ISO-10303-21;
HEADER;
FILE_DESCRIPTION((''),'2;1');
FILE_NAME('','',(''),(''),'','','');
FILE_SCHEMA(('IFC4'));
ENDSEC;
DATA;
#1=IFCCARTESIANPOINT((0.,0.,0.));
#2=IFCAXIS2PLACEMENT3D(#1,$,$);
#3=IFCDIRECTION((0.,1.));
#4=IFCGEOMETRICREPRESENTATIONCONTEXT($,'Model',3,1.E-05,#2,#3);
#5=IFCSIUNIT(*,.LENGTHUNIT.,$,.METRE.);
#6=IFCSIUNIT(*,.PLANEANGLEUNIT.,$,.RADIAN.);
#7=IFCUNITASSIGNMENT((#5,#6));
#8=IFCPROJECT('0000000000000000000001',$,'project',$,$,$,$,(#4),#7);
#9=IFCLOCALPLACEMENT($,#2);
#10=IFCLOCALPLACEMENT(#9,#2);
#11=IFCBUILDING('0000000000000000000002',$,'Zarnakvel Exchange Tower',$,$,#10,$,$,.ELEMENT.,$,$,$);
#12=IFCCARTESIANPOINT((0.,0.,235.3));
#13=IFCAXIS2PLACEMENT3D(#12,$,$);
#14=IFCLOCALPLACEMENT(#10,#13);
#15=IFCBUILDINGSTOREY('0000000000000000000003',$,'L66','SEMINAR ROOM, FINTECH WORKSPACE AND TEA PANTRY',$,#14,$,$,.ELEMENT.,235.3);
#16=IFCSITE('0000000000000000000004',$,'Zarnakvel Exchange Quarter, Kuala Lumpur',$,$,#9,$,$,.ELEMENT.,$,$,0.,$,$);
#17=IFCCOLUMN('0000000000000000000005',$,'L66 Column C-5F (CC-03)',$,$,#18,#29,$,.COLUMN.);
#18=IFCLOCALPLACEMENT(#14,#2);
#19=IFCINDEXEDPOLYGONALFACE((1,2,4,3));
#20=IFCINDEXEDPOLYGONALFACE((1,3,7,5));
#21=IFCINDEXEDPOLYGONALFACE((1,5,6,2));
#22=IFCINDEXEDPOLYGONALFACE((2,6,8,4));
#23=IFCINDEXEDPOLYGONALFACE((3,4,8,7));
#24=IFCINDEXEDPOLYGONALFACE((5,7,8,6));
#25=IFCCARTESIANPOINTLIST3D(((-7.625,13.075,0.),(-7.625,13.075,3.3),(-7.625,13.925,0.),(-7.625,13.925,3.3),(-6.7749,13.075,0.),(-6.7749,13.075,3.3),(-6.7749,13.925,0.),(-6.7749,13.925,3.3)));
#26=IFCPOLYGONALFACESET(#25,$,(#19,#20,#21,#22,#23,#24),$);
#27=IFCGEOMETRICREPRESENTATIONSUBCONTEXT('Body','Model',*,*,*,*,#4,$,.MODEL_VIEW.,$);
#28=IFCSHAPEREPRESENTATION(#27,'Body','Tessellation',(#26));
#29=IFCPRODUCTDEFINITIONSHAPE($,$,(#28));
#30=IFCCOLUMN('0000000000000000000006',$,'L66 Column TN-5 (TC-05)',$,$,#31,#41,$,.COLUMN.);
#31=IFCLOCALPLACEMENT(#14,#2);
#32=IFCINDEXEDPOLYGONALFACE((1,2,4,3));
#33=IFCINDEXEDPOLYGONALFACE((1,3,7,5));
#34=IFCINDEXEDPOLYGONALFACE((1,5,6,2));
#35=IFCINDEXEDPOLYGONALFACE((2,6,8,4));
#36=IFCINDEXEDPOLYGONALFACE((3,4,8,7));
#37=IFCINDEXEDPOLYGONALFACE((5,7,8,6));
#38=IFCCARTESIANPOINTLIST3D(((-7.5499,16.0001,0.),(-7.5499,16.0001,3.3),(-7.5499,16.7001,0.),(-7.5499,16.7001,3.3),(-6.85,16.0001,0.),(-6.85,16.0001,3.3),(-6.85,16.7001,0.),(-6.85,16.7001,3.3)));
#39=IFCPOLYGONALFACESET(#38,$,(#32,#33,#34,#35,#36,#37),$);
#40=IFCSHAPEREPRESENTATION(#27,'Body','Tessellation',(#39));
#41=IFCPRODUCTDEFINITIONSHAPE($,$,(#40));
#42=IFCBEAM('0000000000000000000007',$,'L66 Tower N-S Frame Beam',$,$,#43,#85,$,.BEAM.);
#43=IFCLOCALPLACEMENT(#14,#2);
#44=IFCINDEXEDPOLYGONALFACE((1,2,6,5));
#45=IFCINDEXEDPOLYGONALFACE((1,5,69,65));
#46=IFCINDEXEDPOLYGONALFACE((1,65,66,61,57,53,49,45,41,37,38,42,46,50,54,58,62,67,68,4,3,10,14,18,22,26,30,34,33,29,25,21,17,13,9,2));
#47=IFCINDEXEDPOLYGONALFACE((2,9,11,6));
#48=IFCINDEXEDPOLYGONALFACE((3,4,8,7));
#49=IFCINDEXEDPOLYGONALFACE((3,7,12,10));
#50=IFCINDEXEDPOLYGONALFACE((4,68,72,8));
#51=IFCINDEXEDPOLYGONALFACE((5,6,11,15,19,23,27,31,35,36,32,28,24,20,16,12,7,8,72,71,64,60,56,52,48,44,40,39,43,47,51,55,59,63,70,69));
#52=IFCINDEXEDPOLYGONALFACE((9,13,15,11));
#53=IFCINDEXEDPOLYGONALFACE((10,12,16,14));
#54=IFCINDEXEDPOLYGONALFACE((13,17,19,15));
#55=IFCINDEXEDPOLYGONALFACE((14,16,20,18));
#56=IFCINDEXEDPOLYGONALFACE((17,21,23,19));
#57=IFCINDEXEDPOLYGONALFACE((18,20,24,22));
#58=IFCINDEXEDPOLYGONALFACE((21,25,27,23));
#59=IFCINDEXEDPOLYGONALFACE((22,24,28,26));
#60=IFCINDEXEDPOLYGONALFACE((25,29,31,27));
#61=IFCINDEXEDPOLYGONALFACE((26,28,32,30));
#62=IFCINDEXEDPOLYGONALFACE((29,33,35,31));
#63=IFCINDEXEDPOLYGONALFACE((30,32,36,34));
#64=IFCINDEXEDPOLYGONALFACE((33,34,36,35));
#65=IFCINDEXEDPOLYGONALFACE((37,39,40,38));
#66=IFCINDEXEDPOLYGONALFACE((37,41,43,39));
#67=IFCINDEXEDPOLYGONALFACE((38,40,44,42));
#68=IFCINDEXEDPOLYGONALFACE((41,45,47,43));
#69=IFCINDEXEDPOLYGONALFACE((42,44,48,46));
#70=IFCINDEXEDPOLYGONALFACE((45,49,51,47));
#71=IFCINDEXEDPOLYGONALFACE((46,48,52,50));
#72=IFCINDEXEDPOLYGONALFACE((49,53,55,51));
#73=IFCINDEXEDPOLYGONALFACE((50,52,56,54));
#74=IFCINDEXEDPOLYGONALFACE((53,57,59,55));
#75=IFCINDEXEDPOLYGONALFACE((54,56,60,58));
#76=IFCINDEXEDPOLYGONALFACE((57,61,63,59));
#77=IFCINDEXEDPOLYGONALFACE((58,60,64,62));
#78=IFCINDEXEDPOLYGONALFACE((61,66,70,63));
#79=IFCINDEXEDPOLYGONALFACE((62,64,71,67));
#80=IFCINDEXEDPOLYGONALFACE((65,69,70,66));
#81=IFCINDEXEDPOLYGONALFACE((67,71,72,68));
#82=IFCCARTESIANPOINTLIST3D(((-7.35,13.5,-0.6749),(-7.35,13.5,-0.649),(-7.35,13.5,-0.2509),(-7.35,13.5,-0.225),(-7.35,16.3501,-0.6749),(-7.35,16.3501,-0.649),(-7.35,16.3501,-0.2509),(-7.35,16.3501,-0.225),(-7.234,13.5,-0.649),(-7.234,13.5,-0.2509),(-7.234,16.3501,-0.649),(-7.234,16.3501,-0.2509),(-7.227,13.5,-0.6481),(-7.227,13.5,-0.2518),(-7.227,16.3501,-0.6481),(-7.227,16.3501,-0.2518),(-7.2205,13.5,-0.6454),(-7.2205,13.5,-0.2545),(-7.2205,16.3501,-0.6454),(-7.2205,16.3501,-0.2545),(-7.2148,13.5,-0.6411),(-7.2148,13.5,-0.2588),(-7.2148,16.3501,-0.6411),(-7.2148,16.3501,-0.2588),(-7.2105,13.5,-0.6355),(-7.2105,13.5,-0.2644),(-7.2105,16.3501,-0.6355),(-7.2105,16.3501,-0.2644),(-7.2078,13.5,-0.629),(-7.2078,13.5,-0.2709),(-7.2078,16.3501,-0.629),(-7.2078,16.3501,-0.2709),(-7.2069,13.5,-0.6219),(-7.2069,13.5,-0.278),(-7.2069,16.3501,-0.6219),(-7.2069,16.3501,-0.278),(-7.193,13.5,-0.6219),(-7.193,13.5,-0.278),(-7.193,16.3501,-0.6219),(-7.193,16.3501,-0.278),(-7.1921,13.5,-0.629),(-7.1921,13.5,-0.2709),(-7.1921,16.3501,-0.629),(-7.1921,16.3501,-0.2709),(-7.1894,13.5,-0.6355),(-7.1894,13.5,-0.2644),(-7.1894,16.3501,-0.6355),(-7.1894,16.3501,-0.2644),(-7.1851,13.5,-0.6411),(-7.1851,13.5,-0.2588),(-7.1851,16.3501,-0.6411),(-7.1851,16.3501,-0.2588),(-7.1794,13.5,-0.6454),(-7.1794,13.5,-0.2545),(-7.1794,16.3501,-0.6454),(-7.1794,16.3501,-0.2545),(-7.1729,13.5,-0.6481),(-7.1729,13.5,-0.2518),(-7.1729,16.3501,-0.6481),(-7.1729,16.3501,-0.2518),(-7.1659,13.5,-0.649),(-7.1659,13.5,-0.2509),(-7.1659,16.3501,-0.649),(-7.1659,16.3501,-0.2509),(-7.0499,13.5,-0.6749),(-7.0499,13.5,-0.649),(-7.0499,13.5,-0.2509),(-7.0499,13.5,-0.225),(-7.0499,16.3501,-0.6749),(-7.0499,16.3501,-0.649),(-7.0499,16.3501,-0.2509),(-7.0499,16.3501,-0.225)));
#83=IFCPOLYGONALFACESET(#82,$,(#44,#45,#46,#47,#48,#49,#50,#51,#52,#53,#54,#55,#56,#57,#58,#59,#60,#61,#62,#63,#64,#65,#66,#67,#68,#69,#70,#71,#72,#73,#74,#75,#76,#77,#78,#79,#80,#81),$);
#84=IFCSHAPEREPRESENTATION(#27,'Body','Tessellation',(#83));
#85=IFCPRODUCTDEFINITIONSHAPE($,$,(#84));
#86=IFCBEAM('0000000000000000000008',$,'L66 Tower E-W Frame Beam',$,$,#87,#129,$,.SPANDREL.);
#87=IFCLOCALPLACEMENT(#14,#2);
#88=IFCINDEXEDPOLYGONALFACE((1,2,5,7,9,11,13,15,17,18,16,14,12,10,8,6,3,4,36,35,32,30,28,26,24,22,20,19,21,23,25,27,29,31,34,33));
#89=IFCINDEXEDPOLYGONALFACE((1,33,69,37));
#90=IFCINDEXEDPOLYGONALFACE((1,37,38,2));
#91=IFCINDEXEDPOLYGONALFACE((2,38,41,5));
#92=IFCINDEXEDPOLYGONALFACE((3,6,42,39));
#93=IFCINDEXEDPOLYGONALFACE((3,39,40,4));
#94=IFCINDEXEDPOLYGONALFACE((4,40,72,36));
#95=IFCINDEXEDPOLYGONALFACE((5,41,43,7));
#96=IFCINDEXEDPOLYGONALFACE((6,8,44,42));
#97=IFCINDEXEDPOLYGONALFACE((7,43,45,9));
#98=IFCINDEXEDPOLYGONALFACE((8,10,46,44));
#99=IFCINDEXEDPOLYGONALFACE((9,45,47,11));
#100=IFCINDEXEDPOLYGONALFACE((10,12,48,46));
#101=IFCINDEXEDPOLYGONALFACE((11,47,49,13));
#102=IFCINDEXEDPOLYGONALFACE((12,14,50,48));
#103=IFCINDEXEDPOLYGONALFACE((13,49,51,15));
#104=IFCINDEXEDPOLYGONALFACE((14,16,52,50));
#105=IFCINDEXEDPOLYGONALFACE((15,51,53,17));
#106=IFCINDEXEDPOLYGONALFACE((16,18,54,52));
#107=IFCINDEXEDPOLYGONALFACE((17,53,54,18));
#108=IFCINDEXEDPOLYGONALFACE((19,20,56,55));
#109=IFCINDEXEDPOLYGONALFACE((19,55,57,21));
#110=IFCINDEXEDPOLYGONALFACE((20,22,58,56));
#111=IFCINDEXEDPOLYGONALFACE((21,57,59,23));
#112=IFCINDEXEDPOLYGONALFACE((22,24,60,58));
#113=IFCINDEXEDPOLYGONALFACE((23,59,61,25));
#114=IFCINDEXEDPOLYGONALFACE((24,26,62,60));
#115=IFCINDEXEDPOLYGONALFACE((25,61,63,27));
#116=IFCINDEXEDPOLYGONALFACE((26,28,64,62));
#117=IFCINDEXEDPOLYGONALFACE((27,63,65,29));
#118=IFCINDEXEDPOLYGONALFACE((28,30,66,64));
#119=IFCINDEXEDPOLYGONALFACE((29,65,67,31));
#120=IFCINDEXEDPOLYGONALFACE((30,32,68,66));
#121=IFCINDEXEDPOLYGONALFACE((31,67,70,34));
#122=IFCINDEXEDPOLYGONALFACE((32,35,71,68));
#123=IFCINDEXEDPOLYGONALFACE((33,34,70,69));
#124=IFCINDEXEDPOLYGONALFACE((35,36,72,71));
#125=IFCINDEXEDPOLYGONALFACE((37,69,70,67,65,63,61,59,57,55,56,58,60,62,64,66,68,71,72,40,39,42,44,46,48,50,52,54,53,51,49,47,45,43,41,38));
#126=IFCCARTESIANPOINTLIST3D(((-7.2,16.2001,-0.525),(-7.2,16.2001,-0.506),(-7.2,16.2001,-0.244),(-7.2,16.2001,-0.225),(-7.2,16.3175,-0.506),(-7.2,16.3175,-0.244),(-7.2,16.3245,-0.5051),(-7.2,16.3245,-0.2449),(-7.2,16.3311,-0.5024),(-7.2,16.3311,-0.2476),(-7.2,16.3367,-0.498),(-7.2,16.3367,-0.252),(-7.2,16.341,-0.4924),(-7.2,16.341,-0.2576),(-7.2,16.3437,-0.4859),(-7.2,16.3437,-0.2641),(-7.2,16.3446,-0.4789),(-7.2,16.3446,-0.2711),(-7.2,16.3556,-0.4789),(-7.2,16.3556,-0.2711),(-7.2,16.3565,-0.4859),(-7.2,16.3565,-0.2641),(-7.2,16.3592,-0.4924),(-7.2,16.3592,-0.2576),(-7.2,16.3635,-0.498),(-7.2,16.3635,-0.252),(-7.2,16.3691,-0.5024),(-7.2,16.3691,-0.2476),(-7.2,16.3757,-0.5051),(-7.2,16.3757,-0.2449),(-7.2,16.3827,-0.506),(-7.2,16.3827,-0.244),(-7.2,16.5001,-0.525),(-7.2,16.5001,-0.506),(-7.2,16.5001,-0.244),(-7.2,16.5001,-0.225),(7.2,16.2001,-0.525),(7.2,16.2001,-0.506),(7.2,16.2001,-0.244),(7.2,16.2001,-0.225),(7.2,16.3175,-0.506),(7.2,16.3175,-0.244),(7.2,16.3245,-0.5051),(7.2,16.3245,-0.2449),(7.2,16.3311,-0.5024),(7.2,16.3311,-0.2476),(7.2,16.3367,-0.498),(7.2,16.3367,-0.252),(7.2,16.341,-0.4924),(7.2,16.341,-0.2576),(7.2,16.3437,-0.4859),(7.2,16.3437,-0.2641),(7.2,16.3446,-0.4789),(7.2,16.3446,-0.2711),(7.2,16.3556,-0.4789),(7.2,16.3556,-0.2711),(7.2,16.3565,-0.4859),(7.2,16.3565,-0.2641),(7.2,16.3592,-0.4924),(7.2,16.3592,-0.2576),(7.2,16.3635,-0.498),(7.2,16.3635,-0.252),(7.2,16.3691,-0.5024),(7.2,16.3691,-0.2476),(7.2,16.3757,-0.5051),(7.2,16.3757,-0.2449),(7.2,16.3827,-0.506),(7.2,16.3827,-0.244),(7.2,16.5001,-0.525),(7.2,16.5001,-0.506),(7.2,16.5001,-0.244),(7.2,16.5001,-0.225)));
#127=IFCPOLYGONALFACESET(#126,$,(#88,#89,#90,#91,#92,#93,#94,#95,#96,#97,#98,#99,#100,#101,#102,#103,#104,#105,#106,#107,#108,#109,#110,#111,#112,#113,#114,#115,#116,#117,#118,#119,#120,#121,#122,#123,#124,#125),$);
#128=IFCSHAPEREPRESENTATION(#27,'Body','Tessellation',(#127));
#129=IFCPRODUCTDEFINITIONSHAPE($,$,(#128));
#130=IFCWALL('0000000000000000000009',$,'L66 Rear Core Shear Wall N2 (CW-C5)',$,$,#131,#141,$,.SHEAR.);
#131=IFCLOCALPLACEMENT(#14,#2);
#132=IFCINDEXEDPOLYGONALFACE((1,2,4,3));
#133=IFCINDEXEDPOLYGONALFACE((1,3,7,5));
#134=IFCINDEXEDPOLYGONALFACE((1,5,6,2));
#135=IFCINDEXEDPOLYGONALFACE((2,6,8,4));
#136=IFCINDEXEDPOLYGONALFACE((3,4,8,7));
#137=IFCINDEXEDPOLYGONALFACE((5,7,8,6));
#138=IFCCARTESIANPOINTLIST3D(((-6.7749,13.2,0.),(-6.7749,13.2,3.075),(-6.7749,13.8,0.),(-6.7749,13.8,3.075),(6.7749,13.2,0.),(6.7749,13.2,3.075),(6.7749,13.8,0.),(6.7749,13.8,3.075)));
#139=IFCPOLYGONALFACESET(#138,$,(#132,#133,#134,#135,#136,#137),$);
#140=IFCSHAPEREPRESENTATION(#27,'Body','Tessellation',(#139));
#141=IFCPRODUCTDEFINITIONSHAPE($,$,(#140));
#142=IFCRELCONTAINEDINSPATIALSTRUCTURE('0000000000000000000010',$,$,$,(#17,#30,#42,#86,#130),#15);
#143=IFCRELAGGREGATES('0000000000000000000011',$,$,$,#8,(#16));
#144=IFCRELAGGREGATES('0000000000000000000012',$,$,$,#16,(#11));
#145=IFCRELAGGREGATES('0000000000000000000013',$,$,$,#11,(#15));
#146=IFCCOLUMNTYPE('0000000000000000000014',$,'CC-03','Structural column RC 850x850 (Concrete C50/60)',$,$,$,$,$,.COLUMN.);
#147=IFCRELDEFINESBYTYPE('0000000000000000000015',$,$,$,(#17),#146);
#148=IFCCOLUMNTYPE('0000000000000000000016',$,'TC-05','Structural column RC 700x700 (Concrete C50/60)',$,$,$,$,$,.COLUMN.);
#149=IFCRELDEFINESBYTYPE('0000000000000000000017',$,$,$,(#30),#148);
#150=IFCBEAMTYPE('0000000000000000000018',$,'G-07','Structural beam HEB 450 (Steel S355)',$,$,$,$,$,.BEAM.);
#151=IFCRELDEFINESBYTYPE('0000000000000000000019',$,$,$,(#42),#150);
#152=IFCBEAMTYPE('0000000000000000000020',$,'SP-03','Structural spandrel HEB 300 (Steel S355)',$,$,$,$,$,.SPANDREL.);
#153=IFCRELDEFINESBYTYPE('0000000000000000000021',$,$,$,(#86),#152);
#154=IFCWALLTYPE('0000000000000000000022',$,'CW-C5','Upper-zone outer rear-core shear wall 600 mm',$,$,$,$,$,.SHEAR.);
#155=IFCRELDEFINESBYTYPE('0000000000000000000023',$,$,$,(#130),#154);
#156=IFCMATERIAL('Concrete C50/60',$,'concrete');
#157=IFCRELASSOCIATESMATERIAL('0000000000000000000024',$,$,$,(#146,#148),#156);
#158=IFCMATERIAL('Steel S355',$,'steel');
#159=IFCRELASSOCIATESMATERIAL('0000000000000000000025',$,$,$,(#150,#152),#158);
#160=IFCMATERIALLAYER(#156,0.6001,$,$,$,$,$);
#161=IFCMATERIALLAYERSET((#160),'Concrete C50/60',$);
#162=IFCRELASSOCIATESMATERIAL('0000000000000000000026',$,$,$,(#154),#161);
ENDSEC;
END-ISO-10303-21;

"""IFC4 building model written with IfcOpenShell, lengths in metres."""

from ifc_helpers import new_model, si_unit, direction, frame, frame_2d, origin, origin_2d, place, context, subcontext, project, spatial, rectangle, i_section, extrude, material, layer, layer_set, material_profile, profile_set, type_object, element, save


model = new_model("IFC4")

# Units and contexts
model_context = context("Model", 3, precision=1e-05, world=origin(), true_north=direction((0.0, 1.0)))
body_context = subcontext(model_context, "Body", "Model", "MODEL_VIEW")
ifc_project = project(units=[si_unit("LENGTHUNIT", "METRE"), si_unit("PLANEANGLEUNIT", "RADIAN")], contexts=[model_context])

# Site, building, storey
site_placement = place(None, origin())
site = spatial("IfcSite", under=ifc_project, at=site_placement, Name="Zarnakvel Exchange Quarter, Kuala Lumpur", CompositionType="ELEMENT", RefElevation=0.0)
building_placement = place(site_placement, origin())
building = spatial("IfcBuilding", under=site, at=building_placement, Name="Zarnakvel Exchange Tower", CompositionType="ELEMENT")
storey_placement = place(building_placement, frame((0.0, 0.0, 235.3)))
storey = spatial("IfcBuildingStorey", under=building, at=storey_placement, Name="L66", Description="SEMINAR ROOM, FINTECH WORKSPACE AND TEA PANTRY", CompositionType="ELEMENT", Elevation=235.3)

# Columns
ifc_material_1 = material(Name="Concrete C50/60", Category="concrete")
ifc_material_profile_1 = material_profile(ifc_material_1, rectangle(XDim=0.8501, YDim=0.8501, at=origin_2d()))
ifc_profile_set_1 = profile_set([ifc_material_profile_1], Name="Concrete C50/60")
column_type_1 = type_object("IfcColumnType", Name="CC-03", Description="Structural column RC 850x850 (Concrete C50/60)", PredefinedType="COLUMN", material=ifc_profile_set_1)
column_1_placement = place(storey_placement, frame((-7.2, 13.5, 0.0), z_axis=(0.0, 0.0, 1.0), x_axis=(1.0, 0.0, 0.0)))
element("IfcColumn", 1, at=column_1_placement, inside=storey, type_object=column_type_1, Name="L66 Column C-5F (CC-03)", PredefinedType="COLUMN", context=body_context, shape_type="SweptSolid", body=[
    extrude(rectangle(XDim=0.8501, YDim=0.8501, at=origin_2d()), origin(), (0.0, 0.0, 1.0), 3.3),
])
ifc_material_profile_2 = material_profile(ifc_material_1, rectangle(XDim=0.7, YDim=0.7, at=origin_2d()))
ifc_profile_set_2 = profile_set([ifc_material_profile_2], Name="Concrete C50/60")
column_type_2 = type_object("IfcColumnType", Name="TC-05", Description="Structural column RC 700x700 (Concrete C50/60)", PredefinedType="COLUMN", material=ifc_profile_set_2)
column_2_placement = place(storey_placement, frame((-7.2, 16.3501, 0.0), z_axis=(0.0, 0.0, 1.0), x_axis=(1.0, 0.0, 0.0)))
element("IfcColumn", 2, at=column_2_placement, inside=storey, type_object=column_type_2, Name="L66 Column TN-5 (TC-05)", PredefinedType="COLUMN", context=body_context, shape_type="SweptSolid", body=[
    extrude(rectangle(XDim=0.7, YDim=0.7, at=origin_2d()), origin(), (0.0, 0.0, 1.0), 3.3),
])

# Beams
ifc_material_2 = material(Name="Steel S355", Category="steel")
ifc_material_profile_3 = material_profile(ifc_material_2, i_section(OverallWidth=0.3, OverallDepth=0.45, WebThickness=0.0139, FlangeThickness=0.0259, FilletRadius=0.0271, at=origin_2d()))
ifc_profile_set_3 = profile_set([ifc_material_profile_3], Name="Steel S355")
beam_type_1 = type_object("IfcBeamType", Name="G-07", Description="Structural beam HEB 450 (Steel S355)", PredefinedType="BEAM", material=ifc_profile_set_3)
beam_1_placement = place(storey_placement, frame((-7.2, 13.5, -0.45), z_axis=(0.0, 1.0, 0.0), x_axis=(-1.0, 0.0, 0.0)))
element("IfcBeam", 3, at=beam_1_placement, inside=storey, type_object=beam_type_1, Name="L66 Tower N-S Frame Beam", PredefinedType="BEAM", context=body_context, shape_type="SweptSolid", body=[
    extrude(i_section(OverallWidth=0.3, OverallDepth=0.45, WebThickness=0.0139, FlangeThickness=0.0259, FilletRadius=0.0271, at=origin_2d()), origin(), (0.0, 0.0, 1.0), 2.8501),
])
ifc_material_profile_4 = material_profile(ifc_material_2, i_section(OverallWidth=0.3, OverallDepth=0.3, WebThickness=0.011, FlangeThickness=0.019, FilletRadius=0.0271, at=origin_2d()))
ifc_profile_set_4 = profile_set([ifc_material_profile_4], Name="Steel S355")
beam_type_2 = type_object("IfcBeamType", Name="SP-03", Description="Structural spandrel HEB 300 (Steel S355)", PredefinedType="SPANDREL", material=ifc_profile_set_4)
beam_2_placement = place(storey_placement, frame((-7.2, 16.3501, -0.375), z_axis=(1.0, 0.0, 0.0), x_axis=(0.0, 1.0, 0.0)))
element("IfcBeam", 4, at=beam_2_placement, inside=storey, type_object=beam_type_2, Name="L66 Tower E-W Frame Beam", PredefinedType="SPANDREL", context=body_context, shape_type="SweptSolid", body=[
    extrude(i_section(OverallWidth=0.3, OverallDepth=0.3, WebThickness=0.011, FlangeThickness=0.019, FilletRadius=0.0271, at=origin_2d()), origin(), (0.0, 0.0, 1.0), 14.3999),
])

# Wall
ifc_layer_1 = layer(ifc_material_1, 0.6001)
ifc_layer_set_1 = layer_set([ifc_layer_1], Name="Concrete C50/60")
wall_type_1 = type_object("IfcWallType", Name="CW-C5", Description="Upper-zone outer rear-core shear wall 600 mm", PredefinedType="SHEAR", material=ifc_layer_set_1)
wall_1_placement = place(storey_placement, frame((-6.7749, 13.5, 0.0), z_axis=(0.0, 0.0, 1.0), x_axis=(1.0, 0.0, 0.0)))
element("IfcWall", 5, at=wall_1_placement, inside=storey, type_object=wall_type_1, Name="L66 Rear Core Shear Wall N2 (CW-C5)", PredefinedType="SHEAR", context=body_context, shape_type="SweptSolid", body=[
    extrude(rectangle(XDim=13.5498, YDim=0.6001, at=frame_2d((6.7749, 0.0))), origin(), (0.0, 0.0, 1.0), 3.075),
])

save(model, "model.ifc")
